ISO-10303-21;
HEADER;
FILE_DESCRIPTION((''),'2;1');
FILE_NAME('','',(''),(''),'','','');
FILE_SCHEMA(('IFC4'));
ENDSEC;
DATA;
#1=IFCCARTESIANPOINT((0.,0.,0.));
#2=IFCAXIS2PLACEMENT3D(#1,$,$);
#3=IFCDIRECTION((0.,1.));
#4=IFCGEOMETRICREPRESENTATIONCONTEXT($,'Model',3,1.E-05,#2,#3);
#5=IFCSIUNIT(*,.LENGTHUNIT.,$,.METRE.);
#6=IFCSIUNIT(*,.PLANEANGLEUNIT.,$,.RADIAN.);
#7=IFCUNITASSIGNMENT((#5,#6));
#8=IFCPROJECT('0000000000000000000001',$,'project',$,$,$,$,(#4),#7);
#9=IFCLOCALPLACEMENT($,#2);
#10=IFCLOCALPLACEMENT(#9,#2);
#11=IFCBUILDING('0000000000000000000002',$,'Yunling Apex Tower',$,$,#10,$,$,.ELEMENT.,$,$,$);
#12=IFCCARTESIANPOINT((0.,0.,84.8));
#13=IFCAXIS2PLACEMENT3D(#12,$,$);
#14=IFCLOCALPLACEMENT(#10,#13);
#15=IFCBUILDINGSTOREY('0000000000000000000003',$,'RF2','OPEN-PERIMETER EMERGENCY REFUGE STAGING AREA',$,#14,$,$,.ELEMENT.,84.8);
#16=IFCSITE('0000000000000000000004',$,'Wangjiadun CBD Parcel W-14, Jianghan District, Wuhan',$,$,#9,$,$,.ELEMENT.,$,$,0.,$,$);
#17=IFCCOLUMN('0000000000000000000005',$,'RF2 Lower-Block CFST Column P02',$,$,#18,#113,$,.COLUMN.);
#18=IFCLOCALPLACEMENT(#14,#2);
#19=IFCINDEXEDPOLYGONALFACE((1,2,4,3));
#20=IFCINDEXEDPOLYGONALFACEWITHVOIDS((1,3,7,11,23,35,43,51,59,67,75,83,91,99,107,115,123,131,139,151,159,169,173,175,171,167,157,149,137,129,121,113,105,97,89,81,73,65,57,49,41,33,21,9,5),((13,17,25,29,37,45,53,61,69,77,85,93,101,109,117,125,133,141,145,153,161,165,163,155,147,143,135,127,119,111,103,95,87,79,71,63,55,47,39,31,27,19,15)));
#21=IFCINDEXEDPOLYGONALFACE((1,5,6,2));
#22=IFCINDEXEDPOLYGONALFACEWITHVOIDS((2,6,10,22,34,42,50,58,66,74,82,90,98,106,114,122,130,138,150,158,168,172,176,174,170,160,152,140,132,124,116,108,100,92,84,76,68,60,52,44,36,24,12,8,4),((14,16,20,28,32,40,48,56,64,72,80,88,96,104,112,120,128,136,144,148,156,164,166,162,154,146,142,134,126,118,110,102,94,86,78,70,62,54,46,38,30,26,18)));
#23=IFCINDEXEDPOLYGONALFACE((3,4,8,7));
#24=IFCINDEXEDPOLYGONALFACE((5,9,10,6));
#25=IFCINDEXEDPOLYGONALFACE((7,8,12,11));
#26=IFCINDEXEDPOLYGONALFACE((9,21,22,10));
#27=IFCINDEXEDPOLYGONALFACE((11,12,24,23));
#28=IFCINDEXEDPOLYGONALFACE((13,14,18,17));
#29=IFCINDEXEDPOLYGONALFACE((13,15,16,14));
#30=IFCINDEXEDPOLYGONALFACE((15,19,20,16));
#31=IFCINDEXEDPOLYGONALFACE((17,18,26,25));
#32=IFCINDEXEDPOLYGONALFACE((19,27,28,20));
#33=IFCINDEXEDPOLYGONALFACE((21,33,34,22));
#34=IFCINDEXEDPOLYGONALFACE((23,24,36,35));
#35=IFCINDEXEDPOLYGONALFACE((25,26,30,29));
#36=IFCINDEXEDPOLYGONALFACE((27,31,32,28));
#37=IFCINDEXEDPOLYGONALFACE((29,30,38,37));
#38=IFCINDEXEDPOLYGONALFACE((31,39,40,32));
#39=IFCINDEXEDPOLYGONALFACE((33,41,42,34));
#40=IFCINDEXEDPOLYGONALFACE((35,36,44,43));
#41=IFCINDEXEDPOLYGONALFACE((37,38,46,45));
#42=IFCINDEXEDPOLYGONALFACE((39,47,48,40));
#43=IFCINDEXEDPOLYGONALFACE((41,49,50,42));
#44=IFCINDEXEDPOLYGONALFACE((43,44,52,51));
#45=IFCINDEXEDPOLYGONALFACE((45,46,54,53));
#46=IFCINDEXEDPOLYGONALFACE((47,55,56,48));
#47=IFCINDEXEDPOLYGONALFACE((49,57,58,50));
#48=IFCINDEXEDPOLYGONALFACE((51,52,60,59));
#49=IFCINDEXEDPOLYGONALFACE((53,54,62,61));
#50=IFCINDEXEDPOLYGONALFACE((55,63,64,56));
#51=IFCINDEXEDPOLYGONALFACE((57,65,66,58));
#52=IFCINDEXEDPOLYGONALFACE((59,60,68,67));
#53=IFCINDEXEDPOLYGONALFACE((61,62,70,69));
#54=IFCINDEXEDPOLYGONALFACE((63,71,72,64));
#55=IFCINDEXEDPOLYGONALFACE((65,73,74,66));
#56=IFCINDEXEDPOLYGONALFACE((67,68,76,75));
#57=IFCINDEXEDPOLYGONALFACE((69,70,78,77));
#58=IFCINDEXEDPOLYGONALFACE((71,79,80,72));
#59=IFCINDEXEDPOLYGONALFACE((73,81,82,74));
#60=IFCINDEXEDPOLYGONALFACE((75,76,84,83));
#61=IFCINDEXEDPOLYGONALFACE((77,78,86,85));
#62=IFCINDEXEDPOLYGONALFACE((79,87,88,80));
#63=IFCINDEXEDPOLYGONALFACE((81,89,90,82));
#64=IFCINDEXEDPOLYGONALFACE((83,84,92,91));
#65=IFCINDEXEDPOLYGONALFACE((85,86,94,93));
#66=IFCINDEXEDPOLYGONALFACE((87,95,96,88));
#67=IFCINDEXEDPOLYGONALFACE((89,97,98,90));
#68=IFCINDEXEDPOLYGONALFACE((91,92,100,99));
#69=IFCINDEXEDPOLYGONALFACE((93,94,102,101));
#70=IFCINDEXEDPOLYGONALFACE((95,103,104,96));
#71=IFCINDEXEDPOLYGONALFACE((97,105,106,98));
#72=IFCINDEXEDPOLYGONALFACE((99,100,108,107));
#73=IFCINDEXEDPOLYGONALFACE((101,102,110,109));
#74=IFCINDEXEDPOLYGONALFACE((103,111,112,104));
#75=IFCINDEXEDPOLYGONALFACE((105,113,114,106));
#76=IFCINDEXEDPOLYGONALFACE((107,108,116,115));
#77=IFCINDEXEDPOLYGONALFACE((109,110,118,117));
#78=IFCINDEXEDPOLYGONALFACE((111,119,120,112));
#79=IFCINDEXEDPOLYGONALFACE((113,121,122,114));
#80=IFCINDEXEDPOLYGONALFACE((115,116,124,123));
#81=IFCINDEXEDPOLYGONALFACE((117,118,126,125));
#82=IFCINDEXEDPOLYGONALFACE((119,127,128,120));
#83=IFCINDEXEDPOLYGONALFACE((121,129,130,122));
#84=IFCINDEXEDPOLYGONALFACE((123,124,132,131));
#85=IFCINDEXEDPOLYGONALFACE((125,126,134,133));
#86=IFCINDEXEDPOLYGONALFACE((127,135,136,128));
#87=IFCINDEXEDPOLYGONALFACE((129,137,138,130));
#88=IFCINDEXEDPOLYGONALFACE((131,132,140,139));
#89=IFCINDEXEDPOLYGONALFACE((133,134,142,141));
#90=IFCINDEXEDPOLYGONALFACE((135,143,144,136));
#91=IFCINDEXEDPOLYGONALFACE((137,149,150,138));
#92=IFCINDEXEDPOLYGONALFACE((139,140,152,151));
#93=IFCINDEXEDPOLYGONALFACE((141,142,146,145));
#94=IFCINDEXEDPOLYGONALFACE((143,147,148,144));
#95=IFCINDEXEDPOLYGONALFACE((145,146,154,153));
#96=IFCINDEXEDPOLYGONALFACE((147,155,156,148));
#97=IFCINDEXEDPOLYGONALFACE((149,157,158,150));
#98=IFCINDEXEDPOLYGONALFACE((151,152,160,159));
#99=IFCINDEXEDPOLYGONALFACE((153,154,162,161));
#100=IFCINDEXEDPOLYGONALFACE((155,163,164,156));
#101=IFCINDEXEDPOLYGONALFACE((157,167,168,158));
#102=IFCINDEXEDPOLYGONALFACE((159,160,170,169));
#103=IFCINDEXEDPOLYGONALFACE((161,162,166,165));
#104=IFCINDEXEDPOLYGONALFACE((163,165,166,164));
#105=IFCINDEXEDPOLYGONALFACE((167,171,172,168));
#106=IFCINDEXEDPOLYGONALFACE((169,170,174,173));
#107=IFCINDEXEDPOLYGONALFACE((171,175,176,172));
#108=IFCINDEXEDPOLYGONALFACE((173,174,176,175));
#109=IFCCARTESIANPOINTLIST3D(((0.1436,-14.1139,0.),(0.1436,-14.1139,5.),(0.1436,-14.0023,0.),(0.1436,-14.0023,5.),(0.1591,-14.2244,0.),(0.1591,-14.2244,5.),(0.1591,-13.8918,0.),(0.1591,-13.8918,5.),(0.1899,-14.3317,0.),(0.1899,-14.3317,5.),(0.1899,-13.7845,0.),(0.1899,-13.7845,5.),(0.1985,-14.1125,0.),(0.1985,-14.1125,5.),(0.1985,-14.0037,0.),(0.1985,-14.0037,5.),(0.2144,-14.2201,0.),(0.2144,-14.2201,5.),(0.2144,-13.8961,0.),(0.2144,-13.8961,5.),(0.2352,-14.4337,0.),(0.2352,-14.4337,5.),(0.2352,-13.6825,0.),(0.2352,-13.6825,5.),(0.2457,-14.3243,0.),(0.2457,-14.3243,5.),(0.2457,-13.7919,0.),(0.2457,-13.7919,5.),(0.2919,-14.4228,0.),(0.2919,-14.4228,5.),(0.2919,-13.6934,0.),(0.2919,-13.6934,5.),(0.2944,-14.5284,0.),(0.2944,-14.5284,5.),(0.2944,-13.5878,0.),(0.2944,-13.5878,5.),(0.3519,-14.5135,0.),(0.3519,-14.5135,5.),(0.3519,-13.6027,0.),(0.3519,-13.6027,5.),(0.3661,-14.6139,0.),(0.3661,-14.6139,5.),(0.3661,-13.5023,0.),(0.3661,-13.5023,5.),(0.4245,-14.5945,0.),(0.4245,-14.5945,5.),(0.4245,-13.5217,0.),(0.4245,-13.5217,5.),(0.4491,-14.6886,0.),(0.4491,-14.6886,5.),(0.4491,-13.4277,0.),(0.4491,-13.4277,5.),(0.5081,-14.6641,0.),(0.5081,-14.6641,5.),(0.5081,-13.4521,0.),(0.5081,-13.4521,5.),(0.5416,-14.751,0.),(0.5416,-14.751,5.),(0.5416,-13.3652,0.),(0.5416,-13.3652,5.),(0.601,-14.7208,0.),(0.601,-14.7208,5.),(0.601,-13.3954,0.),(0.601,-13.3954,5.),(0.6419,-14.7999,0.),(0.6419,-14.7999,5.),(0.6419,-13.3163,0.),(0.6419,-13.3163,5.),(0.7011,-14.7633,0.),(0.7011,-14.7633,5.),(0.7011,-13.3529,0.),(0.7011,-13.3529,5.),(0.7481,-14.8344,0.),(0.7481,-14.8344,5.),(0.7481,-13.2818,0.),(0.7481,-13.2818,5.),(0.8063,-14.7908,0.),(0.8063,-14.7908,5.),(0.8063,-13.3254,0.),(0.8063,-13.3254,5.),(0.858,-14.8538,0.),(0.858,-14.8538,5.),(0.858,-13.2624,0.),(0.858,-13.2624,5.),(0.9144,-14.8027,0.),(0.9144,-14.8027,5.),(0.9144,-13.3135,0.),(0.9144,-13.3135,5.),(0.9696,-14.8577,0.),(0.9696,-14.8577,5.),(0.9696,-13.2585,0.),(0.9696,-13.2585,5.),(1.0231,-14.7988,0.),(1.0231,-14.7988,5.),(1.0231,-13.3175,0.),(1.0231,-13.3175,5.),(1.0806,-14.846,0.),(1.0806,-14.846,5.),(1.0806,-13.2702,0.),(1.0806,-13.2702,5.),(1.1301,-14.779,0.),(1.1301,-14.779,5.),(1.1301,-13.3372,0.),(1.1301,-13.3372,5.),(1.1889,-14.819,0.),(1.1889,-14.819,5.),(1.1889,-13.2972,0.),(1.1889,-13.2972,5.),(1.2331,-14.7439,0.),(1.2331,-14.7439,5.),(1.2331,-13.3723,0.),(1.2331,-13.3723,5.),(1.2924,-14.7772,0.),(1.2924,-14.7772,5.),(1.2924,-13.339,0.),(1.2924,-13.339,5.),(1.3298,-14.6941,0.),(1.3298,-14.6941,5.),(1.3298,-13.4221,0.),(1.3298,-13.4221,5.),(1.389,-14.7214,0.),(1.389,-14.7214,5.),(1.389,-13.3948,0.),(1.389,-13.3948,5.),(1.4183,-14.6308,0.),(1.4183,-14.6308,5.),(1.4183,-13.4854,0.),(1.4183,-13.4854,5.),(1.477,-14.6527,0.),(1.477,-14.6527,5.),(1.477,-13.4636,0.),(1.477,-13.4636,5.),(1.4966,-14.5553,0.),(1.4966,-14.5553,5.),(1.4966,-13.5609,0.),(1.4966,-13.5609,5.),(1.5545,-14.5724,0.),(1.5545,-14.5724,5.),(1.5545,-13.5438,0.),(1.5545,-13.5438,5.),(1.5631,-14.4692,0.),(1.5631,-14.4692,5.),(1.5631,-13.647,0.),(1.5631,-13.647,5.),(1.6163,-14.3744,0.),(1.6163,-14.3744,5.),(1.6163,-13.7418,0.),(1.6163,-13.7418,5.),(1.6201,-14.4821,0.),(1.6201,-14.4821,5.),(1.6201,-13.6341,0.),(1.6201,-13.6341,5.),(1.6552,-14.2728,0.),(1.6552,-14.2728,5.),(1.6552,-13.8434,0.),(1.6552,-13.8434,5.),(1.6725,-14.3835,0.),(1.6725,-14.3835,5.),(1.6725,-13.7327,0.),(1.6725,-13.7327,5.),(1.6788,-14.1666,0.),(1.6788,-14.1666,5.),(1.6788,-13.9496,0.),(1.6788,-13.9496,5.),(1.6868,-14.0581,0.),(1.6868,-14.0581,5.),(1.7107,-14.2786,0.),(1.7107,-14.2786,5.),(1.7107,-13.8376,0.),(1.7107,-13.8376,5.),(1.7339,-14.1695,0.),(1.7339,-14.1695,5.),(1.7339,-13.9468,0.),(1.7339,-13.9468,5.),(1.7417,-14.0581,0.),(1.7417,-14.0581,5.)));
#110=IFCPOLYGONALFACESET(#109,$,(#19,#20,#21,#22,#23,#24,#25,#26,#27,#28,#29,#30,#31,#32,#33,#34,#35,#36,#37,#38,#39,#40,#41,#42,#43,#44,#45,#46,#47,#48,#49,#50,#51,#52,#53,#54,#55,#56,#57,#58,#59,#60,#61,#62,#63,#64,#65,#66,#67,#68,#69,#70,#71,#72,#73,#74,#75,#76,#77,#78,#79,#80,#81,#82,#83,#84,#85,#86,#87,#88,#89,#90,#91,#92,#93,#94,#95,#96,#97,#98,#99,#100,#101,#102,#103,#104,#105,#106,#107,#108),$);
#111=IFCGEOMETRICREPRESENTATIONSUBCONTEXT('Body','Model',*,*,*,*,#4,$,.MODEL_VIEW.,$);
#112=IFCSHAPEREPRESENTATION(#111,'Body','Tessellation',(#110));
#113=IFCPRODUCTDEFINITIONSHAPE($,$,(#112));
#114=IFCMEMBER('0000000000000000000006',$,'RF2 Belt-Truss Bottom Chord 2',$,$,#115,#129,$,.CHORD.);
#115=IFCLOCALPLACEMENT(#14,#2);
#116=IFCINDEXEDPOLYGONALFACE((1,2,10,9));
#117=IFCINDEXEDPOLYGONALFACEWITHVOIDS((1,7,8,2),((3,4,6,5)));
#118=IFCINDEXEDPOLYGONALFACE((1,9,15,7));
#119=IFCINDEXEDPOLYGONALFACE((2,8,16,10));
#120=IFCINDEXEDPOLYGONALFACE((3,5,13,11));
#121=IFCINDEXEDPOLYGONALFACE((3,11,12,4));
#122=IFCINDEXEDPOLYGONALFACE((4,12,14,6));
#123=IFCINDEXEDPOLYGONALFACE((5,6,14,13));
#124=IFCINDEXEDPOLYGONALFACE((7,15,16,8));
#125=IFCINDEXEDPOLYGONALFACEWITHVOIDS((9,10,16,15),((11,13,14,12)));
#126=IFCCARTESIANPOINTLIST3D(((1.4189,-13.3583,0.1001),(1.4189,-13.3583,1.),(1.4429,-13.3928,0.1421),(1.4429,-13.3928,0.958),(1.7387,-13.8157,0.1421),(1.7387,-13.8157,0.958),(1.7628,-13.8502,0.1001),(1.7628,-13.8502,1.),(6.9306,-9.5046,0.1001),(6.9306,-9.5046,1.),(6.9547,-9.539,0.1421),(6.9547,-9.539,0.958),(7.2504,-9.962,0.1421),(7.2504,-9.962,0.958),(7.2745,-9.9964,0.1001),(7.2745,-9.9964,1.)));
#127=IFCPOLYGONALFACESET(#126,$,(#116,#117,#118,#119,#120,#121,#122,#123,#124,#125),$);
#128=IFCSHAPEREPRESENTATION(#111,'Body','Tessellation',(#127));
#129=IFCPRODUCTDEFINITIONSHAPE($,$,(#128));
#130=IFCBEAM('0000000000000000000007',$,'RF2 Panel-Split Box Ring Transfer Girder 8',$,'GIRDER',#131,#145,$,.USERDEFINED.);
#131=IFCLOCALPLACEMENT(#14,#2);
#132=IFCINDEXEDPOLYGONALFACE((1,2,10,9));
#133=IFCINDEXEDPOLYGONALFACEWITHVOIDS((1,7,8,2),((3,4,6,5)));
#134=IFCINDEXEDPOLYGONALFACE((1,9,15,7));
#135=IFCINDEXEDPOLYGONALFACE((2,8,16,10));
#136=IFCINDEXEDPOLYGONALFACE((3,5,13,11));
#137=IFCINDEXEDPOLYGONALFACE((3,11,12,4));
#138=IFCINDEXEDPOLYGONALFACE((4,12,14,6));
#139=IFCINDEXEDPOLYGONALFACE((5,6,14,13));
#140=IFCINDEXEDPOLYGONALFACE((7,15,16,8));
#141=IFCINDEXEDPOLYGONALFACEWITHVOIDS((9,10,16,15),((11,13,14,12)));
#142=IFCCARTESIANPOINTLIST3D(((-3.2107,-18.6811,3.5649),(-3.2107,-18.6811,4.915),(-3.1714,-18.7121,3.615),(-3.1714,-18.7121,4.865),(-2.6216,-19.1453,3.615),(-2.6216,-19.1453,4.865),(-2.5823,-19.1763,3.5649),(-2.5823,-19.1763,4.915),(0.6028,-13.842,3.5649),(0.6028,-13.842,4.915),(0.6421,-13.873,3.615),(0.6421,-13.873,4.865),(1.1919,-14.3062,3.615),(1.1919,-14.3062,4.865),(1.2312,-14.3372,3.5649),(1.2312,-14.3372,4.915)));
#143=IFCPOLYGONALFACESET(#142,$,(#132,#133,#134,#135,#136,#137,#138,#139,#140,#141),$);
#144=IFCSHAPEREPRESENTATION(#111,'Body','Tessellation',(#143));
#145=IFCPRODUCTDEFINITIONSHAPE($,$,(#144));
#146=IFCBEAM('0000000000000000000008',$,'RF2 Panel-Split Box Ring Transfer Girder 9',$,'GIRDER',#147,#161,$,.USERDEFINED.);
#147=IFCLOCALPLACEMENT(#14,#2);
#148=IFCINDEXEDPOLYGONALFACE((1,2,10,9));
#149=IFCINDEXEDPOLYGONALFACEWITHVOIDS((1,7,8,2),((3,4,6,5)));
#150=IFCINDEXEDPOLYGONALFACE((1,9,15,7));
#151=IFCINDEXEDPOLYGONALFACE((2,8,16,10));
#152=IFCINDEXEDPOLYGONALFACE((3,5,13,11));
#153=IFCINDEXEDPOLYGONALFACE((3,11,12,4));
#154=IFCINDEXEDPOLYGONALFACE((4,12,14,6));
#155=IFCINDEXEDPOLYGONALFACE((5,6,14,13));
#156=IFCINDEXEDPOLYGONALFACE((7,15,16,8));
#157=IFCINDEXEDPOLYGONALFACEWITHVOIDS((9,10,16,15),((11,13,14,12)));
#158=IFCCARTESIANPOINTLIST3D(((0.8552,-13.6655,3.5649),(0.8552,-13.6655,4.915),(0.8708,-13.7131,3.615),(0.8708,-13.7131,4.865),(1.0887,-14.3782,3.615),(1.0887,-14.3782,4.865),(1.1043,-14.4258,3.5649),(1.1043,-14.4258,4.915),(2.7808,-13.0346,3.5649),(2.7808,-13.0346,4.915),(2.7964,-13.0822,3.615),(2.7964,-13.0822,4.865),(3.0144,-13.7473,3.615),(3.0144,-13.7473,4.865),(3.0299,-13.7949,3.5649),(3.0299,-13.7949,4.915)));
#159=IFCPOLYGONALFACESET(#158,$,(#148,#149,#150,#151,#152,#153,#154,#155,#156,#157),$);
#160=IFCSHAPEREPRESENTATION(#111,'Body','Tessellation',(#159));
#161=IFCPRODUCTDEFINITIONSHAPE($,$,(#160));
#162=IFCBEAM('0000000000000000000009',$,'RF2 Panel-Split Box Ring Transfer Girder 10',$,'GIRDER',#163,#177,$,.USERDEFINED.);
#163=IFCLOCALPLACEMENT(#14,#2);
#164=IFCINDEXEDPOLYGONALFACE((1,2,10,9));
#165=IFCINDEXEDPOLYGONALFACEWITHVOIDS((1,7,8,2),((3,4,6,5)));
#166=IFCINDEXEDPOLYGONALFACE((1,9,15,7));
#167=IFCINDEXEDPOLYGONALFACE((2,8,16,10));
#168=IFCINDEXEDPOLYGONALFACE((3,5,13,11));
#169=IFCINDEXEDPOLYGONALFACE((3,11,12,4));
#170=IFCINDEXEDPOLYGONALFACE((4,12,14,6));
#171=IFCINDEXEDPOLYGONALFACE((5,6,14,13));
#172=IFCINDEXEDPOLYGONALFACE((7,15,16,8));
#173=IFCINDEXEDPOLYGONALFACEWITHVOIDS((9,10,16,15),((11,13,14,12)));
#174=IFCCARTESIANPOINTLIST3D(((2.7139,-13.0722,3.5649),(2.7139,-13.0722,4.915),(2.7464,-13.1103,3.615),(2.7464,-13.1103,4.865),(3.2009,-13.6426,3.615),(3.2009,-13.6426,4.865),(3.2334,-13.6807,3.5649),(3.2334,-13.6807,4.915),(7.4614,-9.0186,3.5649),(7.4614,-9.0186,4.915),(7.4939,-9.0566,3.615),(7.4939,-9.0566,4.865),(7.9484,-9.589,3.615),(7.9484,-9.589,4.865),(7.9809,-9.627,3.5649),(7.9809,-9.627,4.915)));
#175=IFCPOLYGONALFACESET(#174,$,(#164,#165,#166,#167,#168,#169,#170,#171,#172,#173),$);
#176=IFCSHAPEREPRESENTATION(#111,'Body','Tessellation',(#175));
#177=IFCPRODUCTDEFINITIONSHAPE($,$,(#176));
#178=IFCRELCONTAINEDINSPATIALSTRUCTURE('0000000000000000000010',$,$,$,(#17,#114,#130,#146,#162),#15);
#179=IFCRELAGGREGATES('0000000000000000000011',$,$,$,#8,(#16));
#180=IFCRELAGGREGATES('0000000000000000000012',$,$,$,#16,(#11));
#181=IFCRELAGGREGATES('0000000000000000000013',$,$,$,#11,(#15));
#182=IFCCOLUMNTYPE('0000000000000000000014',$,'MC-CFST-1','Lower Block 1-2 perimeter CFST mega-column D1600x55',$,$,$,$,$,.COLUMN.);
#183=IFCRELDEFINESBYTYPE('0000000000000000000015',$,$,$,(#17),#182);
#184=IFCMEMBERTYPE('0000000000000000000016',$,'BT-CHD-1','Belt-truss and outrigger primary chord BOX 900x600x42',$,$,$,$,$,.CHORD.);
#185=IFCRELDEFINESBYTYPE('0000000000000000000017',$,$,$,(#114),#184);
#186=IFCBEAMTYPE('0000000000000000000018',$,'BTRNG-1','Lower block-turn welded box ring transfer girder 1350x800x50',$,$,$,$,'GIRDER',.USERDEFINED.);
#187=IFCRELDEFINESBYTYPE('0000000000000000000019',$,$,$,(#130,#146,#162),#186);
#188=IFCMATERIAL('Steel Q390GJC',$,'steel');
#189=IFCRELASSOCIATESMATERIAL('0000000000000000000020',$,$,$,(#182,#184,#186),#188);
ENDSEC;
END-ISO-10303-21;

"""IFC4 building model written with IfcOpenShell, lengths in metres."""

from ifc_helpers import new_model, si_unit, direction, frame, origin, origin_2d, place, context, subcontext, project, spatial, hollow_rectangle, hollow_circle, extrude, source, transform, mapped, material, material_profile, profile_set, type_object, element, save


model = new_model("IFC4")

# Units and contexts
model_context = context("Model", 3, precision=1e-05, world=origin(), true_north=direction((0.0, 1.0)))
body_context = subcontext(model_context, "Body", "Model", "MODEL_VIEW")
ifc_project = project(units=[si_unit("LENGTHUNIT", "METRE"), si_unit("PLANEANGLEUNIT", "RADIAN")], contexts=[model_context])

# Site, building, storey
site_placement = place(None, origin())
site = spatial("IfcSite", under=ifc_project, at=site_placement, Name="Wangjiadun CBD Parcel W-14, Jianghan District, Wuhan", CompositionType="ELEMENT", RefElevation=0.0)
building_placement = place(site_placement, origin())
building = spatial("IfcBuilding", under=site, at=building_placement, Name="Yunling Apex Tower", CompositionType="ELEMENT")
storey_placement = place(building_placement, frame((0.0, 0.0, 84.8)))
storey = spatial("IfcBuildingStorey", under=building, at=storey_placement, Name="RF2", Description="OPEN-PERIMETER EMERGENCY REFUGE STAGING AREA", CompositionType="ELEMENT", Elevation=84.8)

# Column
ifc_material_1 = material(Name="Steel Q390GJC", Category="steel")
ifc_material_profile_1 = material_profile(ifc_material_1, hollow_circle(Radius=0.8, WallThickness=0.0549, at=origin_2d()))
ifc_profile_set_1 = profile_set([ifc_material_profile_1], Name="Steel Q390GJC")
column_type = type_object("IfcColumnType", Name="MC-CFST-1", Description="Lower Block 1-2 perimeter CFST mega-column D1600x55", PredefinedType="COLUMN", material=ifc_profile_set_1)
shared_shape_1 = source(origin(), body_context, "Body", "SweptSolid", [
    extrude(hollow_circle(Radius=0.8, WallThickness=0.0549, at=origin_2d()), origin(), (0.0, 0.0, 1.0), 5.0),
])
column_placement = place(storey_placement, frame((0.9417, -14.0581, 0.0), z_axis=(0.0, 0.0, 1.0), x_axis=(1.0, 0.0, 0.0)))
element("IfcColumn", 1, at=column_placement, inside=storey, type_object=column_type, Name="RF2 Lower-Block CFST Column P02", PredefinedType="COLUMN", context=body_context, shape_type="MappedRepresentation", body=[
    mapped(shared_shape_1, transform((0.0, 0.0, 0.0), scale=1.0)),
])

# Member
ifc_material_profile_2 = material_profile(ifc_material_1, hollow_rectangle(XDim=0.6001, YDim=0.8999, WallThickness=0.042, at=origin_2d()))
ifc_profile_set_2 = profile_set([ifc_material_profile_2], Name="Steel Q390GJC")
member_type = type_object("IfcMemberType", Name="BT-CHD-1", Description="Belt-truss and outrigger primary chord BOX 900x600x42", PredefinedType="CHORD", material=ifc_profile_set_2)
shared_shape_2 = source(origin(), body_context, "Body", "SweptSolid", [
    extrude(hollow_rectangle(XDim=0.6001, YDim=0.8999, WallThickness=0.042, at=origin_2d()), origin(), (0.0, 0.0, 1.0), 6.7253),
])
member_placement = place(storey_placement, frame((1.5908, -13.6042, 0.55), z_axis=(0.819542, 0.573019, 0.0), x_axis=(-0.573019, 0.819542, 0.0)))
element("IfcMember", 2, at=member_placement, inside=storey, type_object=member_type, Name="RF2 Belt-Truss Bottom Chord 2", PredefinedType="CHORD", context=body_context, shape_type="MappedRepresentation", body=[
    mapped(shared_shape_2, transform((0.0, 0.0, 0.0), scale=1.0)),
])

# Beams
ifc_material_profile_3 = material_profile(ifc_material_1, hollow_rectangle(XDim=0.8, YDim=1.3501, WallThickness=0.05, at=origin_2d()))
ifc_profile_set_3 = profile_set([ifc_material_profile_3], Name="Steel Q390GJC")
beam_type = type_object("IfcBeamType", Name="BTRNG-1", Description="Lower block-turn welded box ring transfer girder 1350x800x50", ElementType="GIRDER", PredefinedType="USERDEFINED", material=ifc_profile_set_3)
shared_shape_3 = source(origin(), body_context, "Body", "SweptSolid", [
    extrude(hollow_rectangle(XDim=0.8, YDim=1.3501, WallThickness=0.05, at=origin_2d()), origin(), (0.0, 0.0, 1.0), 6.1611),
])
beam_1_placement = place(storey_placement, frame((-2.8965, -18.9287, 4.24), z_axis=(0.618957, 0.785425, 0.0), x_axis=(-0.785425, 0.618957, 0.0)))
element("IfcBeam", 3, at=beam_1_placement, inside=storey, type_object=beam_type, Name="RF2 Panel-Split Box Ring Transfer Girder 8", ObjectType="GIRDER", PredefinedType="USERDEFINED", context=body_context, shape_type="MappedRepresentation", body=[
    mapped(shared_shape_3, transform((0.0, 0.0, 0.0), scale=1.0)),
])
shared_shape_4 = source(origin(), body_context, "Body", "SweptSolid", [
    extrude(hollow_rectangle(XDim=0.8, YDim=1.3501, WallThickness=0.05, at=origin_2d()), origin(), (0.0, 0.0, 1.0), 2.0264),
])
beam_2_placement = place(storey_placement, frame((0.9797, -14.0457, 4.24), z_axis=(0.950297, 0.311344, 0.0), x_axis=(-0.311344, 0.950297, 0.0)))
element("IfcBeam", 4, at=beam_2_placement, inside=storey, type_object=beam_type, Name="RF2 Panel-Split Box Ring Transfer Girder 9", ObjectType="GIRDER", PredefinedType="USERDEFINED", context=body_context, shape_type="MappedRepresentation", body=[
    mapped(shared_shape_4, transform((0.0, 0.0, 0.0), scale=1.0)),
])
shared_shape_5 = source(origin(), body_context, "Body", "SweptSolid", [
    extrude(hollow_rectangle(XDim=0.8, YDim=1.3501, WallThickness=0.05, at=origin_2d()), origin(), (0.0, 0.0, 1.0), 6.2427),
])
beam_3_placement = place(storey_placement, frame((2.9736, -13.3765, 4.24), z_axis=(0.760492, 0.649347, 0.0), x_axis=(-0.649347, 0.760492, 0.0)))
element("IfcBeam", 5, at=beam_3_placement, inside=storey, type_object=beam_type, Name="RF2 Panel-Split Box Ring Transfer Girder 10", ObjectType="GIRDER", PredefinedType="USERDEFINED", context=body_context, shape_type="MappedRepresentation", body=[
    mapped(shared_shape_5, transform((0.0, 0.0, 0.0), scale=1.0)),
])

save(model, "model.ifc")
